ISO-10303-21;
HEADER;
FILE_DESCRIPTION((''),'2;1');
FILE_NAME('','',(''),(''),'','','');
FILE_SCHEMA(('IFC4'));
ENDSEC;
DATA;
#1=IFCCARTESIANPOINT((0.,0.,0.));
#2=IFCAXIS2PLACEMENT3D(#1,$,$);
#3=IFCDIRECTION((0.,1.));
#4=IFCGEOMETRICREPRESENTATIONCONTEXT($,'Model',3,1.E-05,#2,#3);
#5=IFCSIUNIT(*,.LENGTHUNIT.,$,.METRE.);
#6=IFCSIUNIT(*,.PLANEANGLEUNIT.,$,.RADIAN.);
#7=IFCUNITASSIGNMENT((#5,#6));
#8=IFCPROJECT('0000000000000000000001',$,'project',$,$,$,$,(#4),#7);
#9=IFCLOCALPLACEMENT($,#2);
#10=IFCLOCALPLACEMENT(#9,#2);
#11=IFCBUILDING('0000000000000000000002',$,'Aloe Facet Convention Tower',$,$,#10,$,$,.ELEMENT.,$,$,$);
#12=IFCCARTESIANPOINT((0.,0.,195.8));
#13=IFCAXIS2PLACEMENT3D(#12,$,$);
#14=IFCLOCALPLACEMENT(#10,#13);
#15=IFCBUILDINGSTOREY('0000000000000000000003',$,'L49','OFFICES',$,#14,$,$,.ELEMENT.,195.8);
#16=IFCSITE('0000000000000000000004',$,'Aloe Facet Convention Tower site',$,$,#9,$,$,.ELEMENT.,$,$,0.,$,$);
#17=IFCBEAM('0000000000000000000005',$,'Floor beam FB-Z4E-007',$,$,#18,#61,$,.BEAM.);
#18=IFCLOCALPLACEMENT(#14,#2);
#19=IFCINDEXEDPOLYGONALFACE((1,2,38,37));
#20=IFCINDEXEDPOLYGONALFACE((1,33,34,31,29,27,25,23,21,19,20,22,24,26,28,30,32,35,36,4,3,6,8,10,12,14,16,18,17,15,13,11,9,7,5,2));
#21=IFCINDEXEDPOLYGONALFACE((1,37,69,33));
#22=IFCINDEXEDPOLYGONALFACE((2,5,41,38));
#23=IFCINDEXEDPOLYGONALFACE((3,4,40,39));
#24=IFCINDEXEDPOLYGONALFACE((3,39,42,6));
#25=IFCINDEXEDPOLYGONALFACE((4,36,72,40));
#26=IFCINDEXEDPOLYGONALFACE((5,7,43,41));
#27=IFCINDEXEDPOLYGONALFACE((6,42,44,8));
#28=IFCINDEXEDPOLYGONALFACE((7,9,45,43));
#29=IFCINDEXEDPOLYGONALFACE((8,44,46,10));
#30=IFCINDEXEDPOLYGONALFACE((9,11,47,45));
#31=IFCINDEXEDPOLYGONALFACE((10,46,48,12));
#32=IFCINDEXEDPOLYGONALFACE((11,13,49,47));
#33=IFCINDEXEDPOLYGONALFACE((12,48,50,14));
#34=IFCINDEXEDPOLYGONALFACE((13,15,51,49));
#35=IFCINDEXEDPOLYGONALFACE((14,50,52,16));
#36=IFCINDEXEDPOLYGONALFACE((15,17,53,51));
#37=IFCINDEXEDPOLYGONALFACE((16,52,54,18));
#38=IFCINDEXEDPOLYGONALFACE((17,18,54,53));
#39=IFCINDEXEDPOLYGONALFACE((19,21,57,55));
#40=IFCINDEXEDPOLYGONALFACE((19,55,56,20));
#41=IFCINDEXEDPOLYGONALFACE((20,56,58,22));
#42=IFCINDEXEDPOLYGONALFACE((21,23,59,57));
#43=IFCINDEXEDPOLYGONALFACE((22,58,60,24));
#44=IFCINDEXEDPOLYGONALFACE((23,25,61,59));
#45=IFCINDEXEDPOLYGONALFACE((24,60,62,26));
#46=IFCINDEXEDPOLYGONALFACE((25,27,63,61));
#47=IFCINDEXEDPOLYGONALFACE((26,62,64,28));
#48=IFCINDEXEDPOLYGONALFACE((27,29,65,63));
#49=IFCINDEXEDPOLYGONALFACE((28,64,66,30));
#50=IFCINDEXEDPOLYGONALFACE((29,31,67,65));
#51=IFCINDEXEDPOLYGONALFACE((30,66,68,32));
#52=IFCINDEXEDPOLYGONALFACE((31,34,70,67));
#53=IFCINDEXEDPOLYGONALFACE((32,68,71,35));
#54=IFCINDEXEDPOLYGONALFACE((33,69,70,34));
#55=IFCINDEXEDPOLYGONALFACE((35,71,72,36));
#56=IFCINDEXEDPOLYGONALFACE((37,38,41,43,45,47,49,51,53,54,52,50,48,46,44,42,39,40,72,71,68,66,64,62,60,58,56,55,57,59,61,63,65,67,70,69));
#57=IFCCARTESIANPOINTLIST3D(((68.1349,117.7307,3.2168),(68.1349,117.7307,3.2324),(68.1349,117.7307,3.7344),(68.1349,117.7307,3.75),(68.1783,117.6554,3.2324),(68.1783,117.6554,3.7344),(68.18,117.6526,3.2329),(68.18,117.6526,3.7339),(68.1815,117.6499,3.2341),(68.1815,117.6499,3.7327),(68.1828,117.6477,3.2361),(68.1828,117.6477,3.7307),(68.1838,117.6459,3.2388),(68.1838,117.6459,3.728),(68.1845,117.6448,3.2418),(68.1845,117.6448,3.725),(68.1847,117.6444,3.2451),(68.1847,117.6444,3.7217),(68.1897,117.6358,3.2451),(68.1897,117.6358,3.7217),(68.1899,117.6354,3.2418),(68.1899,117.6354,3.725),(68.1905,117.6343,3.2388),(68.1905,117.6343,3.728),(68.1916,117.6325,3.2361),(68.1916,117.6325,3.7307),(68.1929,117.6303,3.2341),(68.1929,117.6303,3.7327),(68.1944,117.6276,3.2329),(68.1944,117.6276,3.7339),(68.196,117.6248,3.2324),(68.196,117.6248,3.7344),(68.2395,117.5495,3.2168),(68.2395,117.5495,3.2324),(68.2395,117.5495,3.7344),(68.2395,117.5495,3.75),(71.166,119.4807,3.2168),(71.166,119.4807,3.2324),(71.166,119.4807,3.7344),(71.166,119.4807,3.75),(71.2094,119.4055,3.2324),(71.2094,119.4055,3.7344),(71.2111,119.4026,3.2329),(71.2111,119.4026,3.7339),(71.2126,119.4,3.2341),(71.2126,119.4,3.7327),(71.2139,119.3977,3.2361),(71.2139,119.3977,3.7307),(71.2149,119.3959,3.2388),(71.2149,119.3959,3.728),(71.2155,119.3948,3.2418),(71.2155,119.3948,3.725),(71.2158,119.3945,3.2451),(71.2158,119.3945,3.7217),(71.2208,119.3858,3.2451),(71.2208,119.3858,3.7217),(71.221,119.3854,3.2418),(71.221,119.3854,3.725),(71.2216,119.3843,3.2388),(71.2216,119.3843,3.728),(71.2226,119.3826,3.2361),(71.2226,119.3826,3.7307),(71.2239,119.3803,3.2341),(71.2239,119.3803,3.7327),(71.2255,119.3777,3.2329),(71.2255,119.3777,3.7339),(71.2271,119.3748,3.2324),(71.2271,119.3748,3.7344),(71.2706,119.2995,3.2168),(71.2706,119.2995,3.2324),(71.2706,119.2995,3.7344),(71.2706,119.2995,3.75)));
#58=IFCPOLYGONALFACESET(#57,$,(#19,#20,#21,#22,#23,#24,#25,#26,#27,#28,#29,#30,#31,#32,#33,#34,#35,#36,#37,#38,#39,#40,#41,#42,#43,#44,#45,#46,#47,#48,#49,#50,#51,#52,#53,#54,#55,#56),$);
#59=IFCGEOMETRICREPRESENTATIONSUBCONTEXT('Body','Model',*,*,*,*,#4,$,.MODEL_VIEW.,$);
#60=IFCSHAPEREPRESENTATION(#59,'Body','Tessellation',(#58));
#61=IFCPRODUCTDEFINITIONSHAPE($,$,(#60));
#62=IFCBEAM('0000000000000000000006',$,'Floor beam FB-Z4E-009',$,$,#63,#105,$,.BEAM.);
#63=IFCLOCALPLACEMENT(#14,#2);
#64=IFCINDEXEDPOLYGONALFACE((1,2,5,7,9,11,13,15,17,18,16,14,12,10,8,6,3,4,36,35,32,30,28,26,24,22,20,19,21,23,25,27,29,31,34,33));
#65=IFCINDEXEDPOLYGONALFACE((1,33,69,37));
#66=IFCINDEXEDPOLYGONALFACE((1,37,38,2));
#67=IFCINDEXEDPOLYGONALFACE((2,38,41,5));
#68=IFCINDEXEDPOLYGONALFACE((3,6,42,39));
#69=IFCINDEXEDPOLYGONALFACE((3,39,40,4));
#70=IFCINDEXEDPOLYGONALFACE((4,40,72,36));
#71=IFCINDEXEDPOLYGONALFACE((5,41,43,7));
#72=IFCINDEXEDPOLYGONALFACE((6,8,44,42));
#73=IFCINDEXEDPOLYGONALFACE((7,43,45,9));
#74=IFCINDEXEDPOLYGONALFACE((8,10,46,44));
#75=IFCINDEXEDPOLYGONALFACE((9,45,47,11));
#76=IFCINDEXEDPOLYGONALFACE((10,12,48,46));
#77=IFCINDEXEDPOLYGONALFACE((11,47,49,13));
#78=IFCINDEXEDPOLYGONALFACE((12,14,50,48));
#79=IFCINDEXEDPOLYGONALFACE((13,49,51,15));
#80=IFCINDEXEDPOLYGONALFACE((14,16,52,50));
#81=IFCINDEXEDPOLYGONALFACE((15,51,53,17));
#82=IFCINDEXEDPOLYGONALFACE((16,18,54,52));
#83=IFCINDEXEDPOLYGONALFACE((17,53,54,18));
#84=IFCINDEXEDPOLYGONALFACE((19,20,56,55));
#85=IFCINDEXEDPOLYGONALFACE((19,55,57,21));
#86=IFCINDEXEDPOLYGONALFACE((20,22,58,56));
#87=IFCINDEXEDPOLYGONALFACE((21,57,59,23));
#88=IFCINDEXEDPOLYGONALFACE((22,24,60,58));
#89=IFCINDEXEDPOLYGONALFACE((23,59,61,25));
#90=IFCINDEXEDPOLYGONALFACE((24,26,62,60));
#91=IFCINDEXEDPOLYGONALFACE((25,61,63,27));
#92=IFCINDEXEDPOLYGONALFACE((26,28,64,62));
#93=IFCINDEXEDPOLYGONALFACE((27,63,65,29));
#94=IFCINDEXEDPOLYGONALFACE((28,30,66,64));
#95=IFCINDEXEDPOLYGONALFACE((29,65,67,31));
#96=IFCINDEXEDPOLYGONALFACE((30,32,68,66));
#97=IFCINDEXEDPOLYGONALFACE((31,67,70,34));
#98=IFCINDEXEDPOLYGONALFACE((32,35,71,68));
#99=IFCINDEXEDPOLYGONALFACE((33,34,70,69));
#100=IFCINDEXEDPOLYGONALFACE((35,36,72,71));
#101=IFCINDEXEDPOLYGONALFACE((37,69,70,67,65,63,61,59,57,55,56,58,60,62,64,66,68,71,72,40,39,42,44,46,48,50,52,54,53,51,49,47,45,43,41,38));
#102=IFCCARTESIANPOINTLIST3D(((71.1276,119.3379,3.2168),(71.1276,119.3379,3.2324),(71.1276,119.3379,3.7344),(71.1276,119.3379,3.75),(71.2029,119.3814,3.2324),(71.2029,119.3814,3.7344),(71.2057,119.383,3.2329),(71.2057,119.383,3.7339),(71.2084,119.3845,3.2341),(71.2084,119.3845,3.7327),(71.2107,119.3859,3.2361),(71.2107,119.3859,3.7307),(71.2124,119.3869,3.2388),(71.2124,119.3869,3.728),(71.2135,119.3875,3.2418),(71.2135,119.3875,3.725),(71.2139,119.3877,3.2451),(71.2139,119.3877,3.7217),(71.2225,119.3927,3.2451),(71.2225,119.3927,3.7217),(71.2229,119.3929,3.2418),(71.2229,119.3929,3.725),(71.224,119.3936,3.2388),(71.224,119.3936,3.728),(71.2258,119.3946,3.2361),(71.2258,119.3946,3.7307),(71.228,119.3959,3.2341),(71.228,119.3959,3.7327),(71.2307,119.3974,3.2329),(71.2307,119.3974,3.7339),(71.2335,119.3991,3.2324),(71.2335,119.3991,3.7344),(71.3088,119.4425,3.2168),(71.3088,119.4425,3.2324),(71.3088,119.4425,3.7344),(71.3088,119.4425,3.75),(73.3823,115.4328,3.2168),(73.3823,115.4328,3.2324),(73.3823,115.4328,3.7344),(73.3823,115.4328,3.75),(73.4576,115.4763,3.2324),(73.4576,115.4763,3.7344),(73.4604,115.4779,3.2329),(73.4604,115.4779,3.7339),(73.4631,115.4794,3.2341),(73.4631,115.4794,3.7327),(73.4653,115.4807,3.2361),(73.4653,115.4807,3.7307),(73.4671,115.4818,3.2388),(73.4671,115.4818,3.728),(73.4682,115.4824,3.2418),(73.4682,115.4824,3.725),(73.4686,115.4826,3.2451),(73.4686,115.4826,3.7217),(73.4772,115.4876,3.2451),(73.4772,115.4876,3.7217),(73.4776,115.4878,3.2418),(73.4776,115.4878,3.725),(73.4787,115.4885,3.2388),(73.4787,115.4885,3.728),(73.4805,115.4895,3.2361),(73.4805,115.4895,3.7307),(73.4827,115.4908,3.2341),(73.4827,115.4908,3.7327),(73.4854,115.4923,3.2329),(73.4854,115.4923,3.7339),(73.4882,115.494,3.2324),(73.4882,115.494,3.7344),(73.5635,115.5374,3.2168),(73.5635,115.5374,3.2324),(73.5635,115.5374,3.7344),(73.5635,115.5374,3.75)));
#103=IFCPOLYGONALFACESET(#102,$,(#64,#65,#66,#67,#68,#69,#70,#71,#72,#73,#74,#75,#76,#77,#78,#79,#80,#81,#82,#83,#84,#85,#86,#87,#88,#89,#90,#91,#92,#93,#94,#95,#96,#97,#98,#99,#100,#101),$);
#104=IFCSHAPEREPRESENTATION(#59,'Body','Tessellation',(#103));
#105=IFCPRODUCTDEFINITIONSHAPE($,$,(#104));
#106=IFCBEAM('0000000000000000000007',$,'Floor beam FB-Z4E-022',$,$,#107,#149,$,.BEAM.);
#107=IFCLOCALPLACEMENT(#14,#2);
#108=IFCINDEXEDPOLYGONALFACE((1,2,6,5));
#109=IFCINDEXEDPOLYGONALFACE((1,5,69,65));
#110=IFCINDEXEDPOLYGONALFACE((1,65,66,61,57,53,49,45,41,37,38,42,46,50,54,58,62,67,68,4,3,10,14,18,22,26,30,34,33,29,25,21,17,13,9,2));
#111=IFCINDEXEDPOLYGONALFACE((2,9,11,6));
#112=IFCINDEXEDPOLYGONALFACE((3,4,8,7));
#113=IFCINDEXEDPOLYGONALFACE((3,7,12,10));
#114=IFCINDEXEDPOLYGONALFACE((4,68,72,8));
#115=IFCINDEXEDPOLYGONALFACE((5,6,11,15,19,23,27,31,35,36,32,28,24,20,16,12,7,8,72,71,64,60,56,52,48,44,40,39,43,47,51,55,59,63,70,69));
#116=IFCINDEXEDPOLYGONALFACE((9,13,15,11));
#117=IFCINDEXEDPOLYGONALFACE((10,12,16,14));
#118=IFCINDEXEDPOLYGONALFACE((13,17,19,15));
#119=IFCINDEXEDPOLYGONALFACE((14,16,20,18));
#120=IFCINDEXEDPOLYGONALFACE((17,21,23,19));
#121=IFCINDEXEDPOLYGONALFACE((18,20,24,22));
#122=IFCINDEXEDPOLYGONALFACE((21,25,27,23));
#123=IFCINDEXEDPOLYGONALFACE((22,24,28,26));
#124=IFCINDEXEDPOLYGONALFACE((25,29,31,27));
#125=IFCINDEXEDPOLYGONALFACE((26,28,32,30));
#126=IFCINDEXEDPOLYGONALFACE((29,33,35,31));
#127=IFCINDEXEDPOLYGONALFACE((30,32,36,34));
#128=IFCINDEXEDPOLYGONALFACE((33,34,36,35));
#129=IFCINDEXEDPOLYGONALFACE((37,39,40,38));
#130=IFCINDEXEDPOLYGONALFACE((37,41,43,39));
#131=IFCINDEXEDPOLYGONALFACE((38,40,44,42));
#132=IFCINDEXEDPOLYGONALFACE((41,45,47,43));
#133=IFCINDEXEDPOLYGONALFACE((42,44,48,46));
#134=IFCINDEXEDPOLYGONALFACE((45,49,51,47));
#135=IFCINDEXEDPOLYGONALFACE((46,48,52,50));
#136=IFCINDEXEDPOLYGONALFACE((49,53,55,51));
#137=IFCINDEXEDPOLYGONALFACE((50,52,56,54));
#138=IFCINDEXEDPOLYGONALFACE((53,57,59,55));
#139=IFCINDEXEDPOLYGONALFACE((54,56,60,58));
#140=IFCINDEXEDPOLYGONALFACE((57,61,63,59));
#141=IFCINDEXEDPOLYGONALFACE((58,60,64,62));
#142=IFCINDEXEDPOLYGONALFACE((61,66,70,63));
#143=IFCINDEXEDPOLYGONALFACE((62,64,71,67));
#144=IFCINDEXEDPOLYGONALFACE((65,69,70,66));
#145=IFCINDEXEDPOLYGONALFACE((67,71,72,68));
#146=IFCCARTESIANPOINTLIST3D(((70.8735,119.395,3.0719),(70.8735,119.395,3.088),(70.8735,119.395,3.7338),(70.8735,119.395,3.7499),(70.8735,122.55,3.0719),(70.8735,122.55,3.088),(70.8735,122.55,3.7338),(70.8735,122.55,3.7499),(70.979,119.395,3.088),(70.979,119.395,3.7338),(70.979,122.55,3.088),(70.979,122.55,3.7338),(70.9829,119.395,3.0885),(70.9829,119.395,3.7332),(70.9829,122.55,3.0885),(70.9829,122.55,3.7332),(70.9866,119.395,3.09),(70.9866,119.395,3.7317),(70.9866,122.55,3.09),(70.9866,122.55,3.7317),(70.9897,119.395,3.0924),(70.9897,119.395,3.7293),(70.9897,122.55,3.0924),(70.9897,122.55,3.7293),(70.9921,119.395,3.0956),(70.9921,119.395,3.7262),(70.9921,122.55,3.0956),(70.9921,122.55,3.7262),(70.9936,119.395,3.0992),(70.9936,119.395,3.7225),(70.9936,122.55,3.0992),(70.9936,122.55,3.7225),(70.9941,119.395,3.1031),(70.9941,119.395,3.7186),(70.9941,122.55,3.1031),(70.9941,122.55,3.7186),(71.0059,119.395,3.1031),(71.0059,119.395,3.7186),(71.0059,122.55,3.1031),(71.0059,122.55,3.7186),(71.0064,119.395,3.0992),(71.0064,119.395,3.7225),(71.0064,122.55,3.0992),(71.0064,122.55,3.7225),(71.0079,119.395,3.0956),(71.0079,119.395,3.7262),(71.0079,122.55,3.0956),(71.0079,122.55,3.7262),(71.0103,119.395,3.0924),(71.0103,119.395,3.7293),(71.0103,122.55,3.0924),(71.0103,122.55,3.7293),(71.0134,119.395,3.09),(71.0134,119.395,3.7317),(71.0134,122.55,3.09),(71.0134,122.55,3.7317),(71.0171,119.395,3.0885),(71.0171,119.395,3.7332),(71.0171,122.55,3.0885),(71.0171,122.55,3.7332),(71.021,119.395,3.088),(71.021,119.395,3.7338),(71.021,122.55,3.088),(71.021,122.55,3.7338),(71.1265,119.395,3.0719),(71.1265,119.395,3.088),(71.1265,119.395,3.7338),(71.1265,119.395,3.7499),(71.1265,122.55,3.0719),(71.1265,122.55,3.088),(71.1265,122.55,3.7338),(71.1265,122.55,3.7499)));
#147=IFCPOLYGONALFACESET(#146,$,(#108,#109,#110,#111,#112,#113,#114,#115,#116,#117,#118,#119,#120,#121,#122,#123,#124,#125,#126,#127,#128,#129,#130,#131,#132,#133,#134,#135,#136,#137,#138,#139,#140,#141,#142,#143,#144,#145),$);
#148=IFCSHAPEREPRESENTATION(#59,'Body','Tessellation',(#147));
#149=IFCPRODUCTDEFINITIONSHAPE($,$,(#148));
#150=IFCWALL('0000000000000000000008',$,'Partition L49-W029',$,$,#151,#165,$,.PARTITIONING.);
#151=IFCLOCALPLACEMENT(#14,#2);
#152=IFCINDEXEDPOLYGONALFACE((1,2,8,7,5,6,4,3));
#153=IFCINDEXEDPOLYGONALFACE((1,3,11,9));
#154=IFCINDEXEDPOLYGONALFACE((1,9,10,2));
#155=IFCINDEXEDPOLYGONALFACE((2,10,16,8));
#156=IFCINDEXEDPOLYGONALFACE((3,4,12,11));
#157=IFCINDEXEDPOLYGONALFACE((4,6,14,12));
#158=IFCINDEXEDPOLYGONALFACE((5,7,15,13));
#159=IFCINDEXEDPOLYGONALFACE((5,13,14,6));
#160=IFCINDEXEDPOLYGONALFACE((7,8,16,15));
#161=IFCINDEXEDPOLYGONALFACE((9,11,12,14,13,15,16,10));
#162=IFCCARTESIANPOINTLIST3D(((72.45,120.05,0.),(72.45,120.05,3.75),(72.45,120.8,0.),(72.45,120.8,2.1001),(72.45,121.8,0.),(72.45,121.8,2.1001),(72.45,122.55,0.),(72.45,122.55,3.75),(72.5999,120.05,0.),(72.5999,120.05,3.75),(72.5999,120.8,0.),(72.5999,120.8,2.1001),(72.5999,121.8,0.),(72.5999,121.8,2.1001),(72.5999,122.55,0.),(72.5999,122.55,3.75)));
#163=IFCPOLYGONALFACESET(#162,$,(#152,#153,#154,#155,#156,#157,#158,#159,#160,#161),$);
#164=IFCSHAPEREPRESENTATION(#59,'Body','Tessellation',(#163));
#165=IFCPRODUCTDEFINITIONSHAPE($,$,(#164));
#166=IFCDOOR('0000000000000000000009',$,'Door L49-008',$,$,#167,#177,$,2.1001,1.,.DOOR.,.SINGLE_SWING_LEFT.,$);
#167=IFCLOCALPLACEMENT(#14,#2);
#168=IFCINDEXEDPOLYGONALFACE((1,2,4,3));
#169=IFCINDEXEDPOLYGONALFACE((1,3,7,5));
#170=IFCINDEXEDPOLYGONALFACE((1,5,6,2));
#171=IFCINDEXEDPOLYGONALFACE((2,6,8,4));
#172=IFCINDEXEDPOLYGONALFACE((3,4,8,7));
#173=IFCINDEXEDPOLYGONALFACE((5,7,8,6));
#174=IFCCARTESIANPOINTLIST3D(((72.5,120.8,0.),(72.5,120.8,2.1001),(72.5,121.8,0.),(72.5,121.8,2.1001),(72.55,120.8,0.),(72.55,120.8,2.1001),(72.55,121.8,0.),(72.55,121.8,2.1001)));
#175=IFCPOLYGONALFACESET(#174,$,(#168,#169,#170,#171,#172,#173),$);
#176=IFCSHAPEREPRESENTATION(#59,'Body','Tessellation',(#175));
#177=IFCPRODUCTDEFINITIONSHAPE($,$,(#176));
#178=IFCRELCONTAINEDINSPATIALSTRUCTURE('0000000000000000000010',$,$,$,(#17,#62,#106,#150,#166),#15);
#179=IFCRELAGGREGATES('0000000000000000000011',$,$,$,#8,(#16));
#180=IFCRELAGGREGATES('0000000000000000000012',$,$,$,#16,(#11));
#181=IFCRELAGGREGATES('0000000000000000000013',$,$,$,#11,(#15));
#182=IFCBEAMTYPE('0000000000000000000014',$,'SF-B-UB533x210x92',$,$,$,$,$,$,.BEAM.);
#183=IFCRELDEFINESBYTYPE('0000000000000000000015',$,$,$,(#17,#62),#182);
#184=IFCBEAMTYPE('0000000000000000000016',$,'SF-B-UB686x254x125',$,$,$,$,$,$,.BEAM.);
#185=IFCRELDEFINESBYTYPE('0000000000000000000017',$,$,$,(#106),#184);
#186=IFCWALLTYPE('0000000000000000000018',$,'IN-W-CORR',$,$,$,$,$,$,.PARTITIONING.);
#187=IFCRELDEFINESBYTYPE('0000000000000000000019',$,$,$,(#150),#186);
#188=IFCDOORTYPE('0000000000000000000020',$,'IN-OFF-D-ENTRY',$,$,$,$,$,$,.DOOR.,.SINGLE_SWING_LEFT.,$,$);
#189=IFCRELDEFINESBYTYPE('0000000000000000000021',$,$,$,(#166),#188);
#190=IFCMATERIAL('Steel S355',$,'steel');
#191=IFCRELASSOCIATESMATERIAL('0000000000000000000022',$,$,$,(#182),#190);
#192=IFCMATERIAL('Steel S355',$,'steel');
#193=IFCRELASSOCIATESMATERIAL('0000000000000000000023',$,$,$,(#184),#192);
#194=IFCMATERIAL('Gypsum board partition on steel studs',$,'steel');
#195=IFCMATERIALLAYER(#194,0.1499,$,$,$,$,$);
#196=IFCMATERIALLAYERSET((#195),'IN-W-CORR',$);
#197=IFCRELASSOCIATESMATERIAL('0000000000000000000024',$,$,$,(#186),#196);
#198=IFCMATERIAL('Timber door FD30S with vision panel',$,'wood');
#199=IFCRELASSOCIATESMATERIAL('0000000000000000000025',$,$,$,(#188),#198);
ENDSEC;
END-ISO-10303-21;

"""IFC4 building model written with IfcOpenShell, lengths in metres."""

from ifc_helpers import new_model, si_unit, direction, frame, frame_2d, origin, origin_2d, place, context, subcontext, project, spatial, rectangle, i_section, extrude, material, layer, layer_set, material_profile, profile_set, type_object, element, fill, save


model = new_model("IFC4")

# Units and contexts
model_context = context("Model", 3, precision=1e-05, world=origin(), true_north=direction((0.0, 1.0)))
body_context = subcontext(model_context, "Body", "Model", "MODEL_VIEW")
ifc_project = project(units=[si_unit("LENGTHUNIT", "METRE"), si_unit("PLANEANGLEUNIT", "RADIAN")], contexts=[model_context])

# Site, building, storey
site_placement = place(None, origin())
site = spatial("IfcSite", under=ifc_project, at=site_placement, Name="Aloe Facet Convention Tower site", CompositionType="ELEMENT", RefElevation=0.0)
building_placement = place(site_placement, origin())
building = spatial("IfcBuilding", under=site, at=building_placement, Name="Aloe Facet Convention Tower", CompositionType="ELEMENT")
storey_placement = place(building_placement, frame((0.0, 0.0, 195.8)))
storey = spatial("IfcBuildingStorey", under=building, at=storey_placement, Name="L49", Description="OFFICES", CompositionType="ELEMENT", Elevation=195.8)

# Beams
ifc_material_1 = material(Name="Steel S355", Category="steel")
ifc_material_profile_1 = material_profile(ifc_material_1, i_section(OverallWidth=0.2092, OverallDepth=0.5332, WebThickness=0.01, FlangeThickness=0.0156, FilletRadius=0.0127, at=origin_2d()), Name="UB 533x210x92")
ifc_profile_set_1 = profile_set([ifc_material_profile_1], Name="Steel S355")
beam_type_1 = type_object("IfcBeamType", Name="SF-B-UB533x210x92", PredefinedType="BEAM", material=ifc_profile_set_1)
beam_1_placement = place(storey_placement, frame((71.2183, 119.3901, 3.4834), z_axis=(-0.866019, -0.50001, 0.0), x_axis=(0.50001, -0.866019, 0.0)))
element("IfcBeam", 1, at=beam_1_placement, inside=storey, type_object=beam_type_1, Name="Floor beam FB-Z4E-007", PredefinedType="BEAM", context=body_context, shape_type="SweptSolid", body=[
    extrude(i_section(OverallWidth=0.2092, OverallDepth=0.5332, WebThickness=0.01, FlangeThickness=0.0156, FilletRadius=0.0127, at=origin_2d()), origin(), (0.0, 0.0, 1.0), 3.5),
])
beam_2_placement = place(storey_placement, frame((73.4729, 115.4851, 3.4834), z_axis=(-0.500011, 0.866019, 0.0), x_axis=(-0.866019, -0.500011, 0.0)))
element("IfcBeam", 2, at=beam_2_placement, inside=storey, type_object=beam_type_1, Name="Floor beam FB-Z4E-009", PredefinedType="BEAM", context=body_context, shape_type="SweptSolid", body=[
    extrude(i_section(OverallWidth=0.2092, OverallDepth=0.5332, WebThickness=0.01, FlangeThickness=0.0156, FilletRadius=0.0127, at=origin_2d()), origin(), (0.0, 0.0, 1.0), 4.5093),
])
ifc_material_2 = material(Name="Steel S355", Category="steel")
ifc_material_profile_2 = material_profile(ifc_material_2, i_section(OverallWidth=0.2529, OverallDepth=0.678, WebThickness=0.0117, FlangeThickness=0.0161, FilletRadius=0.0151, at=origin_2d()), Name="UB 686x254x125")
ifc_profile_set_2 = profile_set([ifc_material_profile_2], Name="Steel S355")
beam_type_2 = type_object("IfcBeamType", Name="SF-B-UB686x254x125", PredefinedType="BEAM", material=ifc_profile_set_2)
beam_3_placement = place(storey_placement, frame((71.0, 122.55, 3.4109), z_axis=(0.0, -1.0, 0.0), x_axis=(1.0, 0.0, 0.0)))
element("IfcBeam", 3, at=beam_3_placement, inside=storey, type_object=beam_type_2, Name="Floor beam FB-Z4E-022", PredefinedType="BEAM", context=body_context, shape_type="SweptSolid", body=[
    extrude(i_section(OverallWidth=0.2529, OverallDepth=0.678, WebThickness=0.0117, FlangeThickness=0.0161, FilletRadius=0.0151, at=origin_2d()), origin(), (0.0, 0.0, 1.0), 3.155),
])

# Wall, opening, door
ifc_material_3 = material(Name="Gypsum board partition on steel studs", Category="steel")
ifc_layer_1 = layer(ifc_material_3, 0.1499)
ifc_layer_set_1 = layer_set([ifc_layer_1], Name="IN-W-CORR")
wall_type_1 = type_object("IfcWallType", Name="IN-W-CORR", PredefinedType="PARTITIONING", material=ifc_layer_set_1)
wall_1_placement = place(storey_placement, frame((72.5249, 120.05, 0.0), z_axis=(0.0, 0.0, 1.0), x_axis=(0.0, 1.0, 0.0)))
wall_1 = element("IfcWall", 4, at=wall_1_placement, inside=storey, type_object=wall_type_1, Name="Partition L49-W029", PredefinedType="PARTITIONING", context=body_context, shape_type="SweptSolid", body=[
    extrude(rectangle(XDim=2.5, YDim=0.1499, at=frame_2d((1.25, 0.0))), origin(), (0.0, 0.0, 1.0), 3.75),
])
opening_1_placement = place(wall_1_placement, frame((0.75, 0.0, 0.0)))
opening_1 = element("IfcOpeningElement", 5, at=opening_1_placement, cuts=wall_1, PredefinedType="OPENING", context=body_context, shape_type="SweptSolid", body=[
    extrude(rectangle(XDim=1.0, YDim=2.1001, at=frame_2d((0.5, 1.05))), frame((0.0, 0.085, 0.0), z_axis=(0.0, -1.0, 0.0), x_axis=(1.0, 0.0, 0.0)), (0.0, 0.0, 1.0), 0.1699),
])
ifc_material_4 = material(Name="Timber door FD30S with vision panel", Category="wood")
door_type_1 = type_object("IfcDoorType", Name="IN-OFF-D-ENTRY", OperationType="SINGLE_SWING_LEFT", PredefinedType="DOOR", material=ifc_material_4)
door_1_placement = place(opening_1_placement, origin())
door_1 = element("IfcDoor", 6, at=door_1_placement, inside=storey, type_object=door_type_1, Name="Door L49-008", OperationType="SINGLE_SWING_LEFT", OverallHeight=2.1001, OverallWidth=1.0, PredefinedType="DOOR", context=body_context, shape_type="SweptSolid", body=[
    extrude(rectangle(XDim=1.0, YDim=2.1001, at=frame_2d((0.5, 1.05))), frame((0.0, 0.0249, 0.0), z_axis=(0.0, -1.0, 0.0), x_axis=(1.0, 0.0, 0.0)), (0.0, 0.0, 1.0), 0.05),
])
fill(opening_1, door_1)

save(model, "model.ifc")
